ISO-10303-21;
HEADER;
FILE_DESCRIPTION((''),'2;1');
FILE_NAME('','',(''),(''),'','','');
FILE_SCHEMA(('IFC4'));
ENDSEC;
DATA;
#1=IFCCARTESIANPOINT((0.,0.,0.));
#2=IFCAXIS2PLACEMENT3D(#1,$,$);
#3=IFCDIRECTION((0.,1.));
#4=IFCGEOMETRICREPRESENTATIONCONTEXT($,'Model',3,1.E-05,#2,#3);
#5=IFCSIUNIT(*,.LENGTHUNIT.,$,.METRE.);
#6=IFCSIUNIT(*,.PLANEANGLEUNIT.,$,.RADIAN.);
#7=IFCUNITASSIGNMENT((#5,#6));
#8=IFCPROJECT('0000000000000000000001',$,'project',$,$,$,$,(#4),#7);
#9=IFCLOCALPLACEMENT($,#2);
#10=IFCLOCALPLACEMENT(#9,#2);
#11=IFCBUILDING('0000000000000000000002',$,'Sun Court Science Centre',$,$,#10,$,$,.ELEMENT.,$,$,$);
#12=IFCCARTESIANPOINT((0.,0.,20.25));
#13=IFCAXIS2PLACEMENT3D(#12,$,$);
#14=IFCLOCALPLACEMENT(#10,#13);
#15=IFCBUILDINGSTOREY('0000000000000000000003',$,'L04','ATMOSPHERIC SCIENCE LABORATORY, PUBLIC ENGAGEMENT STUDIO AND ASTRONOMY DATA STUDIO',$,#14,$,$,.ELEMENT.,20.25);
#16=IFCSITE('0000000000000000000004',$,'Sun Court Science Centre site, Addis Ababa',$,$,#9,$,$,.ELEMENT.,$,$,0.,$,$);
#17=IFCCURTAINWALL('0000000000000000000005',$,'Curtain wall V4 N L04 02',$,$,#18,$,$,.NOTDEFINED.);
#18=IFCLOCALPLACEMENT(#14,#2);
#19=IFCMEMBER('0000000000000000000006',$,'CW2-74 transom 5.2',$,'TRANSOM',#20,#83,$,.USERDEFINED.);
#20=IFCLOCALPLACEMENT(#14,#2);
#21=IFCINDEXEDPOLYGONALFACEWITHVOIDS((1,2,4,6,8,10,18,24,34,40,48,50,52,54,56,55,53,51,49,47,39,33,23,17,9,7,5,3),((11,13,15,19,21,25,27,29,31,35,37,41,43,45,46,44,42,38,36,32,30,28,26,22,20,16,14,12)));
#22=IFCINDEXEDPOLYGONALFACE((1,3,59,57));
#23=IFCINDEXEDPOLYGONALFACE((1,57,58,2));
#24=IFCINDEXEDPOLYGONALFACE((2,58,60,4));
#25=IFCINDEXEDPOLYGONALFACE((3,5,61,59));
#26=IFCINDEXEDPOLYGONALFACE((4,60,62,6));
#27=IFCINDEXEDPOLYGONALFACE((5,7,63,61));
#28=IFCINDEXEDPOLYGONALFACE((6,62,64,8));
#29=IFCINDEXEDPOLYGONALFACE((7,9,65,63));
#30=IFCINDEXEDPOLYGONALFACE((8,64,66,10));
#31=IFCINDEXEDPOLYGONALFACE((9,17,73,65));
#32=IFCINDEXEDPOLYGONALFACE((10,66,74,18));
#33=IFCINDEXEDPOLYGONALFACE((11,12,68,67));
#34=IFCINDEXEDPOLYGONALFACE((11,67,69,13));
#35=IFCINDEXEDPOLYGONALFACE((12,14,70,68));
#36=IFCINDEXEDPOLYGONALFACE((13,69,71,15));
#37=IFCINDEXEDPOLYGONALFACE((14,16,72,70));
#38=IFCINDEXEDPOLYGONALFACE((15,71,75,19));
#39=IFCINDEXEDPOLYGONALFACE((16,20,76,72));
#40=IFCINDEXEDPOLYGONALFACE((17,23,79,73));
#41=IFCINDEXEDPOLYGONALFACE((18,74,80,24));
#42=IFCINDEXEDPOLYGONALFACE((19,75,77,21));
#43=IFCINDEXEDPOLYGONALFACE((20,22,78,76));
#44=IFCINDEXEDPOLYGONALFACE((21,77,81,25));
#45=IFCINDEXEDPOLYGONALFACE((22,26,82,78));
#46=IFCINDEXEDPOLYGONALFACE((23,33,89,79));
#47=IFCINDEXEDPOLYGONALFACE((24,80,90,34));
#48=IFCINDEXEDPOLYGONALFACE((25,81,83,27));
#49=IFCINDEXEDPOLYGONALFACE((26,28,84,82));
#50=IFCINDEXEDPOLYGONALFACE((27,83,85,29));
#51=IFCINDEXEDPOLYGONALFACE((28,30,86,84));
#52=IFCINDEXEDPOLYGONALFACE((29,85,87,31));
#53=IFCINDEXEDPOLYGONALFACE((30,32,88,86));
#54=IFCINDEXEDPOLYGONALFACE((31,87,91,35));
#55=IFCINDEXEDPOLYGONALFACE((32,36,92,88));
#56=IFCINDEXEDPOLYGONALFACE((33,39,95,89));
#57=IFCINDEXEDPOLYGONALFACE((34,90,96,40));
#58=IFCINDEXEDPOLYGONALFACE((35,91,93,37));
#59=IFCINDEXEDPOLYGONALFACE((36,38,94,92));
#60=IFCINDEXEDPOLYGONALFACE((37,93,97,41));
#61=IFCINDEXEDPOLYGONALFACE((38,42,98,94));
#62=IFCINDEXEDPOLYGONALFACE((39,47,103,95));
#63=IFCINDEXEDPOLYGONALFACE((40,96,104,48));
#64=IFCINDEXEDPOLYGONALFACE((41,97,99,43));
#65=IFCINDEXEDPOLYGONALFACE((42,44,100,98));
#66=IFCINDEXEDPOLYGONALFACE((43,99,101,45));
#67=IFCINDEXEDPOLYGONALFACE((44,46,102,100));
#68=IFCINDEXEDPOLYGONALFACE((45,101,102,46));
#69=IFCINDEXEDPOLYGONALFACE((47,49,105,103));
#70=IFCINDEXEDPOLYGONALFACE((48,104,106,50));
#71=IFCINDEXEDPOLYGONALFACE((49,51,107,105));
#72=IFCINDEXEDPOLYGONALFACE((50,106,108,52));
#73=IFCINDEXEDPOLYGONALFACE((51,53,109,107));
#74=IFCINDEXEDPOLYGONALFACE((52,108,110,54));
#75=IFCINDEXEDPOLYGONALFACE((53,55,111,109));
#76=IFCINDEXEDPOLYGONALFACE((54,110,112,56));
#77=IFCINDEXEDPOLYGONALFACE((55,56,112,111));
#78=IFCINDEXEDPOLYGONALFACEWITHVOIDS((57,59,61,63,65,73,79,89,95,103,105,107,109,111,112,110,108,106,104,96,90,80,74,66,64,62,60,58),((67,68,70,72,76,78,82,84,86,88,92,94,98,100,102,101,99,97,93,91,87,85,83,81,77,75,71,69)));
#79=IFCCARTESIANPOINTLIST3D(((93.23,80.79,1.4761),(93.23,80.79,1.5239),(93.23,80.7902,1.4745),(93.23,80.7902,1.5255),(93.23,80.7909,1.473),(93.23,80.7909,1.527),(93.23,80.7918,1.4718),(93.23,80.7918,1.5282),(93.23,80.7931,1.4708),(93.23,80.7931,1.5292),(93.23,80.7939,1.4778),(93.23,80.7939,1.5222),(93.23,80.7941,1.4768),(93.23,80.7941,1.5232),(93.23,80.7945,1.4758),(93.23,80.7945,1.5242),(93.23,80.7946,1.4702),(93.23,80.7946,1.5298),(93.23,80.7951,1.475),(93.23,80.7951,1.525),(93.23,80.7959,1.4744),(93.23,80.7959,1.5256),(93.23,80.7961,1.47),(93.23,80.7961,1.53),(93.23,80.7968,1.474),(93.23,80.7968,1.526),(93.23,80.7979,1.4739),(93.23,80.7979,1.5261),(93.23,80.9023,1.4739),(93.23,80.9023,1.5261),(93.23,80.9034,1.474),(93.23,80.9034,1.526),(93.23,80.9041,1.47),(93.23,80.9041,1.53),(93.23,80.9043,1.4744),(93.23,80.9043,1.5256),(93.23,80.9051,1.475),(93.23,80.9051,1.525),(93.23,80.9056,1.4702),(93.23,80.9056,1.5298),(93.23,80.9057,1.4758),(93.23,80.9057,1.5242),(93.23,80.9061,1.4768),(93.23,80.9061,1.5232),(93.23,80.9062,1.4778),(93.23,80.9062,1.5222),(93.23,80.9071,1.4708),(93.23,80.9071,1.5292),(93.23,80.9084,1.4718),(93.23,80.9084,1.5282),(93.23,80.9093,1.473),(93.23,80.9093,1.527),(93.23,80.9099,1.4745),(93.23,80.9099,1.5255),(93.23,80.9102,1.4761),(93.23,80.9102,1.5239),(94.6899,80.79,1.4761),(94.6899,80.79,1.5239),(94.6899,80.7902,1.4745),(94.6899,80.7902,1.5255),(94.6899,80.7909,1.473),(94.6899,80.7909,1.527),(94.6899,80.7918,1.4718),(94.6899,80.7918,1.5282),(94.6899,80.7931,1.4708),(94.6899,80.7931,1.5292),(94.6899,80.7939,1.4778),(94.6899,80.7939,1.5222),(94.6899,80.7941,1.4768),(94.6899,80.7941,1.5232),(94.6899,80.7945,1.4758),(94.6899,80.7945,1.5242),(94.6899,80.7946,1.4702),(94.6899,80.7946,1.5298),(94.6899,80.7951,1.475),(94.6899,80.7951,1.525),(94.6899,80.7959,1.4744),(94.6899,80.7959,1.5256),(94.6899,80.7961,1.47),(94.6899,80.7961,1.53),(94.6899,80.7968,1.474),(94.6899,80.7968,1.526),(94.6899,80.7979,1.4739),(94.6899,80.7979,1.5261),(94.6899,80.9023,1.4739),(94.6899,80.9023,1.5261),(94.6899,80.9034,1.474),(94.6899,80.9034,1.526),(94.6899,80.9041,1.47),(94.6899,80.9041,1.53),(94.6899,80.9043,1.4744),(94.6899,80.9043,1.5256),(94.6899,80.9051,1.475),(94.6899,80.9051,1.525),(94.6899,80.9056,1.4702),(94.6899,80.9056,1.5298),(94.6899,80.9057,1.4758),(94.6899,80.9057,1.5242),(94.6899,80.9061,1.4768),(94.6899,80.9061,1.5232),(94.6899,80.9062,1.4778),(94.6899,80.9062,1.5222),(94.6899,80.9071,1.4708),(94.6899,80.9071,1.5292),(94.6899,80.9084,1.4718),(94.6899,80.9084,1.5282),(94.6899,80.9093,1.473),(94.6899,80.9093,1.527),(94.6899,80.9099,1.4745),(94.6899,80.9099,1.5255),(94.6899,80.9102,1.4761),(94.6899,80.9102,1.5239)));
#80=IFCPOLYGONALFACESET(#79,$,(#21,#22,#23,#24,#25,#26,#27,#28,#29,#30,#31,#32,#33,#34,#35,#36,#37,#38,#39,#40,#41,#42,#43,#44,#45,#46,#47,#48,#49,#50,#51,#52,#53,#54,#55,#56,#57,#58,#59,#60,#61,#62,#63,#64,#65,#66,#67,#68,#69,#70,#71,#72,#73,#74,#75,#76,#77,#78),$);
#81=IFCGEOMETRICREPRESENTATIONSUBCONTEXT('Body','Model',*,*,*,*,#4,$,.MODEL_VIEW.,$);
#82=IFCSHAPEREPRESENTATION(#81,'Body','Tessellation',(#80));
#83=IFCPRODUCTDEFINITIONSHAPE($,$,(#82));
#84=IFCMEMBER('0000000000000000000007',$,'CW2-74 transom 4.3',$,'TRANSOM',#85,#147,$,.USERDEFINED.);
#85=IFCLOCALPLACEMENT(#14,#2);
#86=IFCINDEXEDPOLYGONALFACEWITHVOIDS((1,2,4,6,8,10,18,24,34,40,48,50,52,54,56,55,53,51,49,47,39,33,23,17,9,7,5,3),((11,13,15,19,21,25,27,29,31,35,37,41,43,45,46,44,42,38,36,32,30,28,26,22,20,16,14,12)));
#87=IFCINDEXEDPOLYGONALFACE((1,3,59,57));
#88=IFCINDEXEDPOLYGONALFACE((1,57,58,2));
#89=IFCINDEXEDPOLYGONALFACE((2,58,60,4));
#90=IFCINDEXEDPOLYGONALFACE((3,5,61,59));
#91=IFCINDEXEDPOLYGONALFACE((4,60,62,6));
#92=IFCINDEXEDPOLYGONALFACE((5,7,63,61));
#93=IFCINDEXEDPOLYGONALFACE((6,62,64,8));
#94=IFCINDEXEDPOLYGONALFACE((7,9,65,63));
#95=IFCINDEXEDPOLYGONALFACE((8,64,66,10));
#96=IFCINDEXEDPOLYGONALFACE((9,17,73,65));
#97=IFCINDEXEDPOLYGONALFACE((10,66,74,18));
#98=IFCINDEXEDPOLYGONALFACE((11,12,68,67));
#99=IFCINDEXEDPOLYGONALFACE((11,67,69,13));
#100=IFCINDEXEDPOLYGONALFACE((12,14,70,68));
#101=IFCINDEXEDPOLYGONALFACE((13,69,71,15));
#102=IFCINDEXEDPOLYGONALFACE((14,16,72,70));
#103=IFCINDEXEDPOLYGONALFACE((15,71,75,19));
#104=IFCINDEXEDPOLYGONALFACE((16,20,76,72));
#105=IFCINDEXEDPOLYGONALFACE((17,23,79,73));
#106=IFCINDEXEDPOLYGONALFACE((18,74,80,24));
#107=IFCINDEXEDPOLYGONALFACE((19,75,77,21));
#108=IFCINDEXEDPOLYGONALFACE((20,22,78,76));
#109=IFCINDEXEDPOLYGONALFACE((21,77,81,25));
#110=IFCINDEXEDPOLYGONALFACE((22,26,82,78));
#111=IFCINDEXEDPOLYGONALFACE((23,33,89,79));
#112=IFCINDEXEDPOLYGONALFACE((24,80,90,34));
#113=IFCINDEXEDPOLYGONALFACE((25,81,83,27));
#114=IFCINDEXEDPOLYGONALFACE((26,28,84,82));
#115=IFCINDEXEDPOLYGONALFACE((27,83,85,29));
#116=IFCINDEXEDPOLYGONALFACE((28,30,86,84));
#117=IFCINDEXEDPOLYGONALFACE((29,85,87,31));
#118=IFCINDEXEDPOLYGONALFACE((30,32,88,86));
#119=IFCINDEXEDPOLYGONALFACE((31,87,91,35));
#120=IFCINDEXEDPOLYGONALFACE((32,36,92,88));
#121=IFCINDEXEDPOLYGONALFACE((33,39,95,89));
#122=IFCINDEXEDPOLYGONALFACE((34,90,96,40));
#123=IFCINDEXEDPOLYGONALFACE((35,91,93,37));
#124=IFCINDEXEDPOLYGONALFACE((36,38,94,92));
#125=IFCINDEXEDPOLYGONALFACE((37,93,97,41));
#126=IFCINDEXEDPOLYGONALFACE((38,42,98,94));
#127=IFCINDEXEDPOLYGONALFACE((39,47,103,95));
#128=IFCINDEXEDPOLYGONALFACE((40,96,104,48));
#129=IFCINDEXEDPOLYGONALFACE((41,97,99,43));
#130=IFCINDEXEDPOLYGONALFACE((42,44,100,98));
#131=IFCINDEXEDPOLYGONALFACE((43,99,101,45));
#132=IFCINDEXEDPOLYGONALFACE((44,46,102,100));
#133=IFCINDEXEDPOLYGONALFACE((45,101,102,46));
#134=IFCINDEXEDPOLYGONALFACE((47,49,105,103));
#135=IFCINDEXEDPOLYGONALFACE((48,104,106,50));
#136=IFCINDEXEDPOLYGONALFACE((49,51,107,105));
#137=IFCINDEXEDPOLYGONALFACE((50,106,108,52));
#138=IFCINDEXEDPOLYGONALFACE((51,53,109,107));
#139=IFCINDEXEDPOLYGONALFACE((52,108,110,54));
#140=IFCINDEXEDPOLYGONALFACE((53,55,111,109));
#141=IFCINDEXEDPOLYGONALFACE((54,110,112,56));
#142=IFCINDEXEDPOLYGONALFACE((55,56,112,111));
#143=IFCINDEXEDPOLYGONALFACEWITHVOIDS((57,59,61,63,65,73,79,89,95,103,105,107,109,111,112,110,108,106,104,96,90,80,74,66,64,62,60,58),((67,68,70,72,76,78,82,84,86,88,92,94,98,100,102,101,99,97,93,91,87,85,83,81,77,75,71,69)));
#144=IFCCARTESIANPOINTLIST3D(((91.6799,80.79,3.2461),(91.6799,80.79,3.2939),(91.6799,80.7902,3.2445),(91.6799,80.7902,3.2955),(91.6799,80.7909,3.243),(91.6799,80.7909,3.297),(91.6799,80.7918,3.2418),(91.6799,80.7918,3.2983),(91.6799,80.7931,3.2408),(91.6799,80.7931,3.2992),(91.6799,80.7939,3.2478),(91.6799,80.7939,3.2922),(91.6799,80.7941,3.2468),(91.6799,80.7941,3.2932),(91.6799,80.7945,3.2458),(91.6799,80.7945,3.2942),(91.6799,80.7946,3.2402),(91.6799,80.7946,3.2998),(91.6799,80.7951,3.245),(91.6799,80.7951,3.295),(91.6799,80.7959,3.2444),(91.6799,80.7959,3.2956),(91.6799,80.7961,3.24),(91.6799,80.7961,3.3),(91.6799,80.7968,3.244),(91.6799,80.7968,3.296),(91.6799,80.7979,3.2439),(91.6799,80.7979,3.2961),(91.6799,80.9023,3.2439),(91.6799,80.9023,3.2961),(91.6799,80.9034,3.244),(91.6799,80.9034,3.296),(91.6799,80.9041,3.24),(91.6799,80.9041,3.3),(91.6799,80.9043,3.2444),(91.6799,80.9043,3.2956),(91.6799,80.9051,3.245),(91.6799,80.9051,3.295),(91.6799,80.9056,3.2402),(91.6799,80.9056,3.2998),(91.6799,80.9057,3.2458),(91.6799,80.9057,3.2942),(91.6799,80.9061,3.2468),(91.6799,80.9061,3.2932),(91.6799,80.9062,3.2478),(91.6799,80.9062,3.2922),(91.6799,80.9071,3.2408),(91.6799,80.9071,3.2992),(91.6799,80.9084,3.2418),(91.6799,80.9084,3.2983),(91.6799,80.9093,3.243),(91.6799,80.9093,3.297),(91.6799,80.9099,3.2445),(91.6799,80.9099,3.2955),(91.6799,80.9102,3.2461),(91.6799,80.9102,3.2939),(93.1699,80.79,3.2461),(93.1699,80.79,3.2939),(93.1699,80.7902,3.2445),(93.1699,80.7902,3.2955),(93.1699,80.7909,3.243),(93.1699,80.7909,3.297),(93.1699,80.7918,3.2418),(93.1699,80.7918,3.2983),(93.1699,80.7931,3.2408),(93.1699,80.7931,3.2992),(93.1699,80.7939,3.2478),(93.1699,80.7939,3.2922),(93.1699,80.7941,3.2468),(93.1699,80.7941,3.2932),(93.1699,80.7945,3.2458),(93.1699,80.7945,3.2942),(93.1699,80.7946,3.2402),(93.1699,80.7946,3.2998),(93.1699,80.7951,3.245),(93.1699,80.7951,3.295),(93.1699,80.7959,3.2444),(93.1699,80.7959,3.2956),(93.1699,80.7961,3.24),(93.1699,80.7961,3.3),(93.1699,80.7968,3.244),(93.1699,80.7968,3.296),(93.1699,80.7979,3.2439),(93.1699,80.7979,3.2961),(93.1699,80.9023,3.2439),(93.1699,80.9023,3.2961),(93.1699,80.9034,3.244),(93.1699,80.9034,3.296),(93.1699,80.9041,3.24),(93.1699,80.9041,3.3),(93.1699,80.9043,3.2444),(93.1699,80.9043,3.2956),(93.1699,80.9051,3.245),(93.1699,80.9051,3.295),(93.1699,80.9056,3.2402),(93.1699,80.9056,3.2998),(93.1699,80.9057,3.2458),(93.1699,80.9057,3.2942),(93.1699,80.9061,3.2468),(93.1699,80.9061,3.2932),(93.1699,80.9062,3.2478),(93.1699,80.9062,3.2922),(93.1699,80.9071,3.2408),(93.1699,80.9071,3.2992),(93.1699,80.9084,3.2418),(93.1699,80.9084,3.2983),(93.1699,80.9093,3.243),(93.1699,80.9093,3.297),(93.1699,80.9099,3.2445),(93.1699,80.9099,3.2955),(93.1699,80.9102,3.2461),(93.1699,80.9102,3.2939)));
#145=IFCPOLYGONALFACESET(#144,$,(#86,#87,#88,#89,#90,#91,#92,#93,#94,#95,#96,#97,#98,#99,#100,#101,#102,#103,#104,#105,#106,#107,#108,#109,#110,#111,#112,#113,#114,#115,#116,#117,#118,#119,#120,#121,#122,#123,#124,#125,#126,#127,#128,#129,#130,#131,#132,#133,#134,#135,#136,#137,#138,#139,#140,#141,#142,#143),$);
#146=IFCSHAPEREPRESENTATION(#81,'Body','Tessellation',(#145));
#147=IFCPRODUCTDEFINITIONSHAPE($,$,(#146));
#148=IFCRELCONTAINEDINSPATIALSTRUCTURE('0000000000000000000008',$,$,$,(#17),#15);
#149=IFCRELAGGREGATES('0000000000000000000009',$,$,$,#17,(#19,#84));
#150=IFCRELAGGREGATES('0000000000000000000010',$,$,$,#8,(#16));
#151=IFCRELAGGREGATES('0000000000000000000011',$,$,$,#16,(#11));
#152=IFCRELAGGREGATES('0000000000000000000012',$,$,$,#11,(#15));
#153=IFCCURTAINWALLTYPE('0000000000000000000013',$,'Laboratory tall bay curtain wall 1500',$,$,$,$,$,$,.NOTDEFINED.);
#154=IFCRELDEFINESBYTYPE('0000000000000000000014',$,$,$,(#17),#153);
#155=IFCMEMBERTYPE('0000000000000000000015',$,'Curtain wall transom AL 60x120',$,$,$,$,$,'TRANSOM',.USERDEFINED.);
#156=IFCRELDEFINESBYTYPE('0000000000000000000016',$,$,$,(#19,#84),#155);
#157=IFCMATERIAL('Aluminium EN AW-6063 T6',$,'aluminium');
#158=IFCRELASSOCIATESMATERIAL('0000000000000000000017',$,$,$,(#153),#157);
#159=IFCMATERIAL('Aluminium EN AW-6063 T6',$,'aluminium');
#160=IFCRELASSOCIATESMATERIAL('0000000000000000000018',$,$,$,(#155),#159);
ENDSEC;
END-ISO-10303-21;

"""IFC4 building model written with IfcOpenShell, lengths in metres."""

from ifc_helpers import new_model, si_unit, direction, frame, origin, origin_2d, place, context, subcontext, project, spatial, hollow_rectangle, extrude, material, material_profile, profile_set, type_object, element, aggregate, save


model = new_model("IFC4")

# Units and contexts
model_context = context("Model", 3, precision=1e-05, world=origin(), true_north=direction((0.0, 1.0)))
body_context = subcontext(model_context, "Body", "Model", "MODEL_VIEW")
ifc_project = project(units=[si_unit("LENGTHUNIT", "METRE"), si_unit("PLANEANGLEUNIT", "RADIAN")], contexts=[model_context])

# Site, building, storey
site_placement = place(None, origin())
site = spatial("IfcSite", under=ifc_project, at=site_placement, Name="Sun Court Science Centre site, Addis Ababa", CompositionType="ELEMENT", RefElevation=0.0)
building_placement = place(site_placement, origin())
building = spatial("IfcBuilding", under=site, at=building_placement, Name="Sun Court Science Centre", CompositionType="ELEMENT")
storey_placement = place(building_placement, frame((0.0, 0.0, 20.25)))
storey = spatial("IfcBuildingStorey", under=building, at=storey_placement, Name="L04", Description="ATMOSPHERIC SCIENCE LABORATORY, PUBLIC ENGAGEMENT STUDIO AND ASTRONOMY DATA STUDIO", CompositionType="ELEMENT", Elevation=20.25)

# Curtain wall, members
ifc_material_1 = material(Name="Aluminium EN AW-6063 T6", Category="aluminium")
curtain_wall_type = type_object("IfcCurtainWallType", Name="Laboratory tall bay curtain wall 1500", PredefinedType="NOTDEFINED", material=ifc_material_1)
curtain_wall_placement = place(storey_placement, origin())
curtain_wall = element("IfcCurtainWall", 1, at=curtain_wall_placement, inside=storey, type_object=curtain_wall_type, Name="Curtain wall V4 N L04 02", PredefinedType="NOTDEFINED")
ifc_material_2 = material(Name="Aluminium EN AW-6063 T6", Category="aluminium")
ifc_material_profile_1 = material_profile(ifc_material_2, hollow_rectangle(XDim=0.0601, YDim=0.1201, WallThickness=0.0039, InnerFilletRadius=0.0039, OuterFilletRadius=0.0061, at=origin_2d()), Name="AL 60x120x4")
ifc_profile_set_1 = profile_set([ifc_material_profile_1], Name="Aluminium EN AW-6063 T6")
member_type_1 = type_object("IfcMemberType", Name="Curtain wall transom AL 60x120", ElementType="TRANSOM", PredefinedType="USERDEFINED", material=ifc_profile_set_1)
member_1_placement = place(storey_placement, frame((93.23, 80.8501, 1.5), z_axis=(1.0, 0.0, 0.0), x_axis=(0.0, 0.0, 1.0)))
member_1 = element("IfcMember", 2, at=member_1_placement, type_object=member_type_1, Name="CW2-74 transom 5.2", ObjectType="TRANSOM", PredefinedType="USERDEFINED", context=body_context, shape_type="SweptSolid", body=[
    extrude(hollow_rectangle(XDim=0.0601, YDim=0.1201, WallThickness=0.0039, InnerFilletRadius=0.0039, OuterFilletRadius=0.0061, at=origin_2d()), origin(), (0.0, 0.0, 1.0), 1.46),
])
member_2_placement = place(storey_placement, frame((91.6799, 80.8501, 3.27), z_axis=(1.0, 0.0, 0.0), x_axis=(0.0, 0.0, 1.0)))
member_2 = element("IfcMember", 3, at=member_2_placement, type_object=member_type_1, Name="CW2-74 transom 4.3", ObjectType="TRANSOM", PredefinedType="USERDEFINED", context=body_context, shape_type="SweptSolid", body=[
    extrude(hollow_rectangle(XDim=0.0601, YDim=0.1201, WallThickness=0.0039, InnerFilletRadius=0.0039, OuterFilletRadius=0.0061, at=origin_2d()), origin(), (0.0, 0.0, 1.0), 1.49),
])

aggregate(curtain_wall, [member_1, member_2])

save(model, "model.ifc")
